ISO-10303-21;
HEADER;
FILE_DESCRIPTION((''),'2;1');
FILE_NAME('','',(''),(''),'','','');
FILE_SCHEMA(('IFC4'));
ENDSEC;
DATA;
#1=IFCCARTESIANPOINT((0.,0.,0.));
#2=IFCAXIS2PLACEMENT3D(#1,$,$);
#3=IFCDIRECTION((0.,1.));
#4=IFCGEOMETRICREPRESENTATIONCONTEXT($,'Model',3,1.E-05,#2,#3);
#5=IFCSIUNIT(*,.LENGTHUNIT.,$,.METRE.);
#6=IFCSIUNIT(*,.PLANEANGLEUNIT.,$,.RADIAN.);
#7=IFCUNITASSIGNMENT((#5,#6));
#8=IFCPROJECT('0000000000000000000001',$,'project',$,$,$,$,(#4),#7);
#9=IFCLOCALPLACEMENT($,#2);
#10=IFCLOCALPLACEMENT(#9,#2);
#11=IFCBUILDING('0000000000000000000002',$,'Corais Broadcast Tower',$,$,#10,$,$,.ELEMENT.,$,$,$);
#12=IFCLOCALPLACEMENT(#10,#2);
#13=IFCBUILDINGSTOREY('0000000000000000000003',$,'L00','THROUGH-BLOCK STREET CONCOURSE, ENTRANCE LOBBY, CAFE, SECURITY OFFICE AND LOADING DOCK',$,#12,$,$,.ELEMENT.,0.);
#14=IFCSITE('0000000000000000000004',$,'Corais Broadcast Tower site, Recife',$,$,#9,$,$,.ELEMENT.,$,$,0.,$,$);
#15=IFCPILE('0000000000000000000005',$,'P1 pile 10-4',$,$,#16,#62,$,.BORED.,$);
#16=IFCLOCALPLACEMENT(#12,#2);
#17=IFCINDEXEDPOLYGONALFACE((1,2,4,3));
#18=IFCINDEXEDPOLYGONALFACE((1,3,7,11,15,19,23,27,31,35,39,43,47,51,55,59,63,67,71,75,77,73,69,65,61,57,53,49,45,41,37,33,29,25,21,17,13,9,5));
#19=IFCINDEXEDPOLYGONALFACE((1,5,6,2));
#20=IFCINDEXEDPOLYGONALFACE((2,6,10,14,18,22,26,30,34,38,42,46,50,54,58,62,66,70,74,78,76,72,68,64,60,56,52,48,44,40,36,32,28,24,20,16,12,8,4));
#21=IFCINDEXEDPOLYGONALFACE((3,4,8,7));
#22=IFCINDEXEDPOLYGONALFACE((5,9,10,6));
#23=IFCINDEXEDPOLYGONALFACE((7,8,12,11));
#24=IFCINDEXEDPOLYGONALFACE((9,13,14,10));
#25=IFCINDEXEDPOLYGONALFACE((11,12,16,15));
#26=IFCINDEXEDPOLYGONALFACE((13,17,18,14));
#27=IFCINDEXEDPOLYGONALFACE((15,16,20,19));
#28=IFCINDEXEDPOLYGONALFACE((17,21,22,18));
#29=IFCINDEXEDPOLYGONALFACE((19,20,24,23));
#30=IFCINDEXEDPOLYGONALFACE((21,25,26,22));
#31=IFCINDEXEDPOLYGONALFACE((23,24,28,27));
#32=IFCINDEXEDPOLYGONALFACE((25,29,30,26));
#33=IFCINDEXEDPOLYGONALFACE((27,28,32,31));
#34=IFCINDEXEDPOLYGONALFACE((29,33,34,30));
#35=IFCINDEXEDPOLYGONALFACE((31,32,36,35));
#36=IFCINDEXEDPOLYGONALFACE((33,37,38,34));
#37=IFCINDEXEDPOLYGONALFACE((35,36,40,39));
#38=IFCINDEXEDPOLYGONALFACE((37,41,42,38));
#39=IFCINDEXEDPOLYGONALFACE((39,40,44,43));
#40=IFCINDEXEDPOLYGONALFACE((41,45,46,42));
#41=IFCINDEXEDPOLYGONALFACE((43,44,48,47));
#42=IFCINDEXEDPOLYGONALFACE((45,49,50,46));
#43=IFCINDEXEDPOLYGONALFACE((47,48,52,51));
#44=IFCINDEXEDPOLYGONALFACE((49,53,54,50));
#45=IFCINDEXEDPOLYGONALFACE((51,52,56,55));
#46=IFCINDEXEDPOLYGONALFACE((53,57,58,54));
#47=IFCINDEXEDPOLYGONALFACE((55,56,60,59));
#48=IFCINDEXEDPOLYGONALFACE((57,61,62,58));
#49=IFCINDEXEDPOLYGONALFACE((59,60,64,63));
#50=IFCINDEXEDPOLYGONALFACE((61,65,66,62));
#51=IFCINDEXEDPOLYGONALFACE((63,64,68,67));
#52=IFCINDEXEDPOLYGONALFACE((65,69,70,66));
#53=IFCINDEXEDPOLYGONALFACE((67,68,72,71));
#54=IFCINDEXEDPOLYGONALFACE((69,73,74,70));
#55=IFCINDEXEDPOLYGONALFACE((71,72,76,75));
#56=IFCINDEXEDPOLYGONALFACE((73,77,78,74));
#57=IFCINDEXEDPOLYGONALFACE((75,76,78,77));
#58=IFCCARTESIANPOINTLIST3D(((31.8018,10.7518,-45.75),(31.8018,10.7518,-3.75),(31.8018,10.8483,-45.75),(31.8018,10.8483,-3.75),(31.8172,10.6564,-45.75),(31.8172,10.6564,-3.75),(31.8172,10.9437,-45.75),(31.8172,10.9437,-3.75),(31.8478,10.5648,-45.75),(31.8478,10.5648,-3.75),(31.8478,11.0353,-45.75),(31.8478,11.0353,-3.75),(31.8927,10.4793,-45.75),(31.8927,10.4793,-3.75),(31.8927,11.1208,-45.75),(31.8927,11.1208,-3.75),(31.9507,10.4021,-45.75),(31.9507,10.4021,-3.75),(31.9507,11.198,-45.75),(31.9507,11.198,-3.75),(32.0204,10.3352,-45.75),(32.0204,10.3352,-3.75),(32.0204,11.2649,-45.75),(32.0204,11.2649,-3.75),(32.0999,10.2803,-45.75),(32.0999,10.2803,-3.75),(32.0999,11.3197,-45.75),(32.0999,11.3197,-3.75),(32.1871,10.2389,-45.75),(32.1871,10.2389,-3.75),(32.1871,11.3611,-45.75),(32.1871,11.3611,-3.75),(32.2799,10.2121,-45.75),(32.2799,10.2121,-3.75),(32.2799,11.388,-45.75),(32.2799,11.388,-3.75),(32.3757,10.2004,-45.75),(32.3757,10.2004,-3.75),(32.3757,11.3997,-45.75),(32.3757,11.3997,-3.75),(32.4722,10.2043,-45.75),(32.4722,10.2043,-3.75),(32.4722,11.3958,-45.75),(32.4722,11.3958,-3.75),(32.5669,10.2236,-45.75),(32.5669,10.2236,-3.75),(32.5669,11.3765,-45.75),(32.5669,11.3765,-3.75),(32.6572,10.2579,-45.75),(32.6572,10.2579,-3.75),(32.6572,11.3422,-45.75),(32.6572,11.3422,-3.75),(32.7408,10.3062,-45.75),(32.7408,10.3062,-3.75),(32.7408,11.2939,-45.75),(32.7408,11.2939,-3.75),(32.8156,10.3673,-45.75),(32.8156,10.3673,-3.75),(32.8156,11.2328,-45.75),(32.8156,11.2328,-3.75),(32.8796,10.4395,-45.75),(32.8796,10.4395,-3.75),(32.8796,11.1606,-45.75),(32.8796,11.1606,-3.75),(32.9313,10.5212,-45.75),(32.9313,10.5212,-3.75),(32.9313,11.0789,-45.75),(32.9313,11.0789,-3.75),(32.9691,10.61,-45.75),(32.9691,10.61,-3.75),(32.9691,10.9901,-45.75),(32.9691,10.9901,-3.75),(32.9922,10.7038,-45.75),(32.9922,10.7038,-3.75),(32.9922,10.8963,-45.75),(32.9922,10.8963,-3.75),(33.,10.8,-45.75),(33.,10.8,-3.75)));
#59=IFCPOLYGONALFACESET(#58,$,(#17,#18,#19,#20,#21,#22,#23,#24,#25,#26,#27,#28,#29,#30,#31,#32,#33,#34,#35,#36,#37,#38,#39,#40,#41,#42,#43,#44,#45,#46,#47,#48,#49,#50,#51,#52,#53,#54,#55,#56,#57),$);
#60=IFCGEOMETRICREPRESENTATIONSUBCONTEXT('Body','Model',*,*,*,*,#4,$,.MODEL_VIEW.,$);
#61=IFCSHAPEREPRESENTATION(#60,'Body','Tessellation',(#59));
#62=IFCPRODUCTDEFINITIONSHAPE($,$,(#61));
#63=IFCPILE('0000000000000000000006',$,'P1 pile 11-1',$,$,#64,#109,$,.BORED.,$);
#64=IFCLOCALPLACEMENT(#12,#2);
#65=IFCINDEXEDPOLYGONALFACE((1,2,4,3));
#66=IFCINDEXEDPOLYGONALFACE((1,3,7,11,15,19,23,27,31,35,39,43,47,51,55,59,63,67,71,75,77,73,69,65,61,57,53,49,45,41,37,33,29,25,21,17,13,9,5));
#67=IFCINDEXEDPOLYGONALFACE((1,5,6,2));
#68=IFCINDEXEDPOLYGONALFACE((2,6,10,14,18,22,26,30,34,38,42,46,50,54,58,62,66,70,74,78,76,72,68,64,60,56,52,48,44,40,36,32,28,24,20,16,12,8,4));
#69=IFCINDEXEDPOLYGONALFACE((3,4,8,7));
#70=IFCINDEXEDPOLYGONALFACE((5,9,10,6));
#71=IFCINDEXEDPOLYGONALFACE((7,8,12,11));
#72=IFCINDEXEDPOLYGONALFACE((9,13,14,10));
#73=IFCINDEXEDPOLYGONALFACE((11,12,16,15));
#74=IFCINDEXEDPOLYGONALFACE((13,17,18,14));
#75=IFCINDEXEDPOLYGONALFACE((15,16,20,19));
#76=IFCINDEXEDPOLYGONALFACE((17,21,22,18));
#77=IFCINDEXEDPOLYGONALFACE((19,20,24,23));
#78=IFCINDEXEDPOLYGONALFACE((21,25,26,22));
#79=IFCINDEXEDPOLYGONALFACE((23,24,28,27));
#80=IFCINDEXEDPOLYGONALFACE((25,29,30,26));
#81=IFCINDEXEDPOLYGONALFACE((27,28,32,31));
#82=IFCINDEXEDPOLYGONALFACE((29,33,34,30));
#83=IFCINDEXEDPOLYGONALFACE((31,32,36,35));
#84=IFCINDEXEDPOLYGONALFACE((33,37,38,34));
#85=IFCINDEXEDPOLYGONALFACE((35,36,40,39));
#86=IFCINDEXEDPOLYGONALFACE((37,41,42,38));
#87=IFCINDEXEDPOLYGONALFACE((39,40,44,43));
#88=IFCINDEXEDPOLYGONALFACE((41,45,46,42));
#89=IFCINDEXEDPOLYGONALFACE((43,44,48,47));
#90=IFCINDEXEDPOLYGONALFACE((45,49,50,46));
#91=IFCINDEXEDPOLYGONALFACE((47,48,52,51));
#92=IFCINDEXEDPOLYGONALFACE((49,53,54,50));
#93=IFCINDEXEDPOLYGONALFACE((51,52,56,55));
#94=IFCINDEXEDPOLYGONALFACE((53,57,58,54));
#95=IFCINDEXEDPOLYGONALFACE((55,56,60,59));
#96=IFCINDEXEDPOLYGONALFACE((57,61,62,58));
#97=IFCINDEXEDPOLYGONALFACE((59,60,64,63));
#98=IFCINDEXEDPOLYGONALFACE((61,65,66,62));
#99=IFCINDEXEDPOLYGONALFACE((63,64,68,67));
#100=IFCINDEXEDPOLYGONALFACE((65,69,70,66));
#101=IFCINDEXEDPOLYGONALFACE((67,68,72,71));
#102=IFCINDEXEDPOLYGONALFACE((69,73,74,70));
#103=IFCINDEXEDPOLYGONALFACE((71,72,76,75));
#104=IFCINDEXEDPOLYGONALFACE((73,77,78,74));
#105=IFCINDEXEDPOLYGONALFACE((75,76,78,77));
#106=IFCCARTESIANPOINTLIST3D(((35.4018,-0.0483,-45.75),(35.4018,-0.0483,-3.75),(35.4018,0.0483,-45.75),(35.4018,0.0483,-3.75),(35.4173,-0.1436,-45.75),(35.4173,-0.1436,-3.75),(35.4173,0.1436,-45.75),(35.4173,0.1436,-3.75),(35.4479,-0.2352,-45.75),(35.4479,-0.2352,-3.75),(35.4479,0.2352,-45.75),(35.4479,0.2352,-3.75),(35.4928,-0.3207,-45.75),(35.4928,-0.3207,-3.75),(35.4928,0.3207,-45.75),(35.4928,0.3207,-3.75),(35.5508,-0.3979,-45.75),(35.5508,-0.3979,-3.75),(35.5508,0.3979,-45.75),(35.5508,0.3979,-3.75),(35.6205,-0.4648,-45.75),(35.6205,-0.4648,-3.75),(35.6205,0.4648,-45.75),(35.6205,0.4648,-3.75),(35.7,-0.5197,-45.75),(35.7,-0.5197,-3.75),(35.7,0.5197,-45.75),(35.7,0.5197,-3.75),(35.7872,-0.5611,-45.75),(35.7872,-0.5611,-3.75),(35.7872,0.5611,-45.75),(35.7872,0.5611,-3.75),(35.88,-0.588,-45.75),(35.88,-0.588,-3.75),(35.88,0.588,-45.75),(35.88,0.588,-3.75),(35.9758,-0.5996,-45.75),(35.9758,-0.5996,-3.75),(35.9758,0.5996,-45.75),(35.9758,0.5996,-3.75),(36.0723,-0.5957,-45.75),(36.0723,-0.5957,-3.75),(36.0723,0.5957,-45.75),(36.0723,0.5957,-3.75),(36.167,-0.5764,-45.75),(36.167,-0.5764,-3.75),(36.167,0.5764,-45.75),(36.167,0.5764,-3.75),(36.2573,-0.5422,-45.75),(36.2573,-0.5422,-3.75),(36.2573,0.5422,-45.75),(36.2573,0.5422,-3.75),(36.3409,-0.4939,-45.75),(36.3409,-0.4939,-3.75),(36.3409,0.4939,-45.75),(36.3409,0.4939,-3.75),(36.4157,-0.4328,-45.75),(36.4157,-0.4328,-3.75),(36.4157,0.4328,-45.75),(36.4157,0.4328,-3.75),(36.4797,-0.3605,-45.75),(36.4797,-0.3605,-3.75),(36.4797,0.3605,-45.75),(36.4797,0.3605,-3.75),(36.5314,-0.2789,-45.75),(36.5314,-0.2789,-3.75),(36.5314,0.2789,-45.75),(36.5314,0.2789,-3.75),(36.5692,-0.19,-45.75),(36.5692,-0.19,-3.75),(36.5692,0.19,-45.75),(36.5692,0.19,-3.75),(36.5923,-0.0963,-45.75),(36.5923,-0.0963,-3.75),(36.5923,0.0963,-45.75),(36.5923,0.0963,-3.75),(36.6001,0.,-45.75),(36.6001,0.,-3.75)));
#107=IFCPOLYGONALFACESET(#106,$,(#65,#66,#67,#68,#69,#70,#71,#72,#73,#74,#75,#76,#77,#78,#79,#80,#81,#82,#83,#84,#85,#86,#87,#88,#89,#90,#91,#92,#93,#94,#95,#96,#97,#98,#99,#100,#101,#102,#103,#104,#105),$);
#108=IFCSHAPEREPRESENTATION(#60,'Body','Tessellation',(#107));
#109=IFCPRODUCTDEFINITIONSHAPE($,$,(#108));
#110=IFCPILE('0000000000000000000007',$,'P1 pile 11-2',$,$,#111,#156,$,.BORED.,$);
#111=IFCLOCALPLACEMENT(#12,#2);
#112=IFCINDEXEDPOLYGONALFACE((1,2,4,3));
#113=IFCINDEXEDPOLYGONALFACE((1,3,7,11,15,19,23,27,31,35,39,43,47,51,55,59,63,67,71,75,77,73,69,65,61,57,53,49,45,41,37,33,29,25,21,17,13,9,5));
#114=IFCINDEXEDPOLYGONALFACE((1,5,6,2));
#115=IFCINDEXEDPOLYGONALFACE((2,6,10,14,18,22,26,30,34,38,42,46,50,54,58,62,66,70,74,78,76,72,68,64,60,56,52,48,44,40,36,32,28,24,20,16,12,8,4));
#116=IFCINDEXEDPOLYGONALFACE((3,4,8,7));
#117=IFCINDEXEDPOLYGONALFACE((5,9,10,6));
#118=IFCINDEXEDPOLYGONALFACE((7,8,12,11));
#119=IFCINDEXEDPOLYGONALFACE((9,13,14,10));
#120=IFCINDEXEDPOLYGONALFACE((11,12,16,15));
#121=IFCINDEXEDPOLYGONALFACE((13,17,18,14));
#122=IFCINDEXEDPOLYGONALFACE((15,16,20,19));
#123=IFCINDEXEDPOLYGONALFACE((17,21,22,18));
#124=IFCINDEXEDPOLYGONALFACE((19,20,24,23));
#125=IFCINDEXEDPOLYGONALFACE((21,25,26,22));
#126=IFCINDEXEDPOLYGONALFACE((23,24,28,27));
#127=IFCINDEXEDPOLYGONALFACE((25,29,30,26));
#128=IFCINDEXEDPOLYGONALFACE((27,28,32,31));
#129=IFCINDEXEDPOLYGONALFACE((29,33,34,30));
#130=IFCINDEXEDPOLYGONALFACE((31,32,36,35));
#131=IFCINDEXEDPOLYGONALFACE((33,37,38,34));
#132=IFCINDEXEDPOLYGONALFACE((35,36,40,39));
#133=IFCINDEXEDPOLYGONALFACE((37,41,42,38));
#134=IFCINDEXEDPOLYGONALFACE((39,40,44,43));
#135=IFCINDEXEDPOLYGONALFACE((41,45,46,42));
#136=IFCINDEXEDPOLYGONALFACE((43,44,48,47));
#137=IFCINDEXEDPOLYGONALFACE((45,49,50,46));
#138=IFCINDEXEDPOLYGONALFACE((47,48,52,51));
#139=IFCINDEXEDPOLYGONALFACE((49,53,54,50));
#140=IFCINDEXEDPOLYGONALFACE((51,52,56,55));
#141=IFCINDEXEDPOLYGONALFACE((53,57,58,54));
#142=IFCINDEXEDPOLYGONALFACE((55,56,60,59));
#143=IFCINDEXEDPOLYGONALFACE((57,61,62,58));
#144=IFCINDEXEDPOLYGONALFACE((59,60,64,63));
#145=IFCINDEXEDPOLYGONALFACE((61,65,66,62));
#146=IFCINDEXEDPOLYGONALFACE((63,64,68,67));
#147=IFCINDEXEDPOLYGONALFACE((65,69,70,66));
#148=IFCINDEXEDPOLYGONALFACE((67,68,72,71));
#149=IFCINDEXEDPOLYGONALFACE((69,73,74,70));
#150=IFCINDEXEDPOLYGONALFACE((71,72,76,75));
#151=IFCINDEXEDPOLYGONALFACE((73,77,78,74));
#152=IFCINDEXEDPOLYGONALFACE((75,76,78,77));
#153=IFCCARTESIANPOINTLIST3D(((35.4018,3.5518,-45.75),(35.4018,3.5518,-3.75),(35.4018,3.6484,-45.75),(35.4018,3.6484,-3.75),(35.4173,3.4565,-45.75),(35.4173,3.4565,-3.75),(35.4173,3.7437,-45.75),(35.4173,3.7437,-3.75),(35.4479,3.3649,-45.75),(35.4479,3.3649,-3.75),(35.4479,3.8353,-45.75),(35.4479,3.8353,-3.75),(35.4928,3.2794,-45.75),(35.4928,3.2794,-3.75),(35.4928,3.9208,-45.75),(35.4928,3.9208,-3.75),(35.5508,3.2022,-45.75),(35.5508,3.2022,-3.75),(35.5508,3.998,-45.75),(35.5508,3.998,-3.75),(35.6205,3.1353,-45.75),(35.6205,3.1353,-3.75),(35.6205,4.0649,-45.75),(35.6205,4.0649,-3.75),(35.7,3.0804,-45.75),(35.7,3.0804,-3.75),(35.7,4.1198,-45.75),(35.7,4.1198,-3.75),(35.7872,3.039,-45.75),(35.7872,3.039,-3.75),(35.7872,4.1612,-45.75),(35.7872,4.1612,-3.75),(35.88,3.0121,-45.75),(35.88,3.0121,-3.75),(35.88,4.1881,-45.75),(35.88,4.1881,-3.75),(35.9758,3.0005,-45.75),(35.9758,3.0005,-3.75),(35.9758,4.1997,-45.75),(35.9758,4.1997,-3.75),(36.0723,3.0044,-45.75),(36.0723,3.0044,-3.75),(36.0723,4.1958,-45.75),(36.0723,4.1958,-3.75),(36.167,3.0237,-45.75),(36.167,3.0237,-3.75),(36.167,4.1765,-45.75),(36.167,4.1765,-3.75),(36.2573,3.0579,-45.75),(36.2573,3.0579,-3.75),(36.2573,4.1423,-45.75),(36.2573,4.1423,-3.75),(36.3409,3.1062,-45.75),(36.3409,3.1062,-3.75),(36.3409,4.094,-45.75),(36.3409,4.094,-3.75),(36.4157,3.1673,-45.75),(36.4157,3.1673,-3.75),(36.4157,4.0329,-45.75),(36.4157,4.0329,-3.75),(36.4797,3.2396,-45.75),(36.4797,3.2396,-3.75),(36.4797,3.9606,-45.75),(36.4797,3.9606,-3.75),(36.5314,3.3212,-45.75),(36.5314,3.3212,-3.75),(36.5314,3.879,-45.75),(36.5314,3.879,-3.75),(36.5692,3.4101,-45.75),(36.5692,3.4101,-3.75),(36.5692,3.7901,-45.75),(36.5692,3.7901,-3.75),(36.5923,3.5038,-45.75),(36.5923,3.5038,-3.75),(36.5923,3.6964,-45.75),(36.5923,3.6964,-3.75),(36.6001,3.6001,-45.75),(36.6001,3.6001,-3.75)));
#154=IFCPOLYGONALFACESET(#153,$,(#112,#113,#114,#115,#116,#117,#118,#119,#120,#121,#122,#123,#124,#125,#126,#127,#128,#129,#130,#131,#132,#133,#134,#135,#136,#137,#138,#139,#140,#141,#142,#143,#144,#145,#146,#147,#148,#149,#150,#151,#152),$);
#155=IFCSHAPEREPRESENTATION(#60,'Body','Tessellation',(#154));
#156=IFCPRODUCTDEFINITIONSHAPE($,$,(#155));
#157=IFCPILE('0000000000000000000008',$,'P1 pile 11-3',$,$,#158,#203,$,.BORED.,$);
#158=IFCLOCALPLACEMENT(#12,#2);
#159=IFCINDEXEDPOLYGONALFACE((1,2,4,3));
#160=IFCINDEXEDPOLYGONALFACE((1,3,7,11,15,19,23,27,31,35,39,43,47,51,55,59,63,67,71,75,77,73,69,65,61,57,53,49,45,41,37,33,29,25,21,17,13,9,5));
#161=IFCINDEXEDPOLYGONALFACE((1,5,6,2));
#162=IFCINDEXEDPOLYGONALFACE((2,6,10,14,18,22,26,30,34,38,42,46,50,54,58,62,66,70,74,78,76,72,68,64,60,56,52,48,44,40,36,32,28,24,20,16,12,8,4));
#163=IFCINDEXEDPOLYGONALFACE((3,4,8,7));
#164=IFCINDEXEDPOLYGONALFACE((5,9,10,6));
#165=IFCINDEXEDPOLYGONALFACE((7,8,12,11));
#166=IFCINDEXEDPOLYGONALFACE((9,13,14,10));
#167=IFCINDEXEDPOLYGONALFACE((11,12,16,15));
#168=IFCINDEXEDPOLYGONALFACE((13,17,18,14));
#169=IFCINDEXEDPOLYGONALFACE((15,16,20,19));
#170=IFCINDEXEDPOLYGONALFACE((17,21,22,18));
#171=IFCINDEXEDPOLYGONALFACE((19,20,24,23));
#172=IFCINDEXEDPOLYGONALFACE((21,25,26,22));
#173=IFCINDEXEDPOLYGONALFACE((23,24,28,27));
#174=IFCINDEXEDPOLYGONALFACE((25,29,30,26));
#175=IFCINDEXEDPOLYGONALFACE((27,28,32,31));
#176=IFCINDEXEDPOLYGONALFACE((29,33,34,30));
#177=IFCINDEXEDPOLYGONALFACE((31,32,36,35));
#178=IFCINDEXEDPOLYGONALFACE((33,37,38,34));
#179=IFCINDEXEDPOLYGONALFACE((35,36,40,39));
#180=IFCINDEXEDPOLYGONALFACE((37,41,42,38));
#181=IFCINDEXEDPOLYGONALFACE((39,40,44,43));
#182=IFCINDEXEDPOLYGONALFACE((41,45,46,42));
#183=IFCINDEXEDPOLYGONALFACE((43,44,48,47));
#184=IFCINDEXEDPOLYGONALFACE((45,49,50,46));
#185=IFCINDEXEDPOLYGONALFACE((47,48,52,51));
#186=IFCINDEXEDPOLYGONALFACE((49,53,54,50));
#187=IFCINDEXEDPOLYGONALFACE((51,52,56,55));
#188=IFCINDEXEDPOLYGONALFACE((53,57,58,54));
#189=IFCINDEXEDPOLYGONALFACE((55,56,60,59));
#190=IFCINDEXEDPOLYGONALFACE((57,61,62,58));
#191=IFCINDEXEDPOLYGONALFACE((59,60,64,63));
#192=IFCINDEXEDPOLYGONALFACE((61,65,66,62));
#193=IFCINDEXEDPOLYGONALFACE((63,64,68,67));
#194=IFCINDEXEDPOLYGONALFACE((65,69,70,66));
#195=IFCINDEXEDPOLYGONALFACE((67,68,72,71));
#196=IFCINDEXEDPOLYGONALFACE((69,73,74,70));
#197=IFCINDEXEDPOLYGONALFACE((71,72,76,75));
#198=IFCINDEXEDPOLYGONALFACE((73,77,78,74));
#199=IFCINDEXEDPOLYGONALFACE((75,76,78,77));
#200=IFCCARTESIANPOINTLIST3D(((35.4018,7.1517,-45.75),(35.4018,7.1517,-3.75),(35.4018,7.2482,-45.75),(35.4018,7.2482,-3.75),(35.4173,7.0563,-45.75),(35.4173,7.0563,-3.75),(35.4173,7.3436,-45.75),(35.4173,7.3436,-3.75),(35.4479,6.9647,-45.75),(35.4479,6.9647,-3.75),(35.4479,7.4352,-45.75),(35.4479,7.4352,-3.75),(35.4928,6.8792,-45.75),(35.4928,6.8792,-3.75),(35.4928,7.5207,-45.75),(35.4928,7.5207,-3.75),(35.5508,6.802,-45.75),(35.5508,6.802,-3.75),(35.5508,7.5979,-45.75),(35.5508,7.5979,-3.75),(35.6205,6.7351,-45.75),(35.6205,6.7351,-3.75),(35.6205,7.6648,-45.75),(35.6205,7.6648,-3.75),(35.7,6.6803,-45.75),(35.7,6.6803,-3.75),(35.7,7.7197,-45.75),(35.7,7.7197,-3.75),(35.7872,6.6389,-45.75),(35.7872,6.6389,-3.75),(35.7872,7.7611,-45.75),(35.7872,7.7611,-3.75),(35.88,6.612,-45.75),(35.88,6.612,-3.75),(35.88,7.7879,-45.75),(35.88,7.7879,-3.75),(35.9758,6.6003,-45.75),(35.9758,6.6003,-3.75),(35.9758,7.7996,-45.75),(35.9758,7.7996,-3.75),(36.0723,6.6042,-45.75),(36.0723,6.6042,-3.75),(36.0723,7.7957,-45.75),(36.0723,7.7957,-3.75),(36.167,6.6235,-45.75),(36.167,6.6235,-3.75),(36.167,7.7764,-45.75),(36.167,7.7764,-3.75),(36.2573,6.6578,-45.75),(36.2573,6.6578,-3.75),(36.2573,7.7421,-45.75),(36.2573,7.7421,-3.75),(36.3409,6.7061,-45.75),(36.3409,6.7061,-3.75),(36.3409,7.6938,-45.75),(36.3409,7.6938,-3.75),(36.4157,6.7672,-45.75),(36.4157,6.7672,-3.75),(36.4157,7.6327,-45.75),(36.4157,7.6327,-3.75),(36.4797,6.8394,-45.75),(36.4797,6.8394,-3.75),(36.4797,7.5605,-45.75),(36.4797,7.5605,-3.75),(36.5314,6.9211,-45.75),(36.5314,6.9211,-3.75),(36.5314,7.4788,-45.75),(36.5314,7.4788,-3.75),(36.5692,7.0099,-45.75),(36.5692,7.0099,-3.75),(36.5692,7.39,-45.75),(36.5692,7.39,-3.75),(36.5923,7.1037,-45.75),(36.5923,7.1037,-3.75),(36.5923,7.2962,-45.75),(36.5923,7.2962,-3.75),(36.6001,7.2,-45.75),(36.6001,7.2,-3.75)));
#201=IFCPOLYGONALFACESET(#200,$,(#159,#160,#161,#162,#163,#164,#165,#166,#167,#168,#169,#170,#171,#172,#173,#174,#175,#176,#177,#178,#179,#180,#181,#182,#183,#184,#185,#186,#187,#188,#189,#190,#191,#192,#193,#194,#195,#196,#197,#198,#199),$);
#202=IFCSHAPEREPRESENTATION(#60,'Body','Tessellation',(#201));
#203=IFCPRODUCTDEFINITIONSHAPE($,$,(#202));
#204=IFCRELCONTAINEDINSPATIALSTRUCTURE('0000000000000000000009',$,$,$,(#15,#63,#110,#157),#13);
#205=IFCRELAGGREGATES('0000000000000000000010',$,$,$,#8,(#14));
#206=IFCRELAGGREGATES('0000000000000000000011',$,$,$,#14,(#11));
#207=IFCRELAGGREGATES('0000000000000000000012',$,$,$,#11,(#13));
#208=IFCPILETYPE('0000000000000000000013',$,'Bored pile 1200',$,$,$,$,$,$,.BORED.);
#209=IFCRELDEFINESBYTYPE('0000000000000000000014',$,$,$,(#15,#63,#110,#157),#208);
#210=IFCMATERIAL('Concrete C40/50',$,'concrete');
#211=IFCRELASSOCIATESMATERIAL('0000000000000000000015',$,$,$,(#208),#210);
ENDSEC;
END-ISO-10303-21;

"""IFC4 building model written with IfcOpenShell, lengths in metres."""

from ifc_helpers import new_model, si_unit, direction, frame, origin, origin_2d, place, context, subcontext, project, spatial, circle, extrude, material, type_object, element, save


model = new_model("IFC4")

# Units and contexts
model_context = context("Model", 3, precision=1e-05, world=origin(), true_north=direction((0.0, 1.0)))
body_context = subcontext(model_context, "Body", "Model", "MODEL_VIEW")
ifc_project = project(units=[si_unit("LENGTHUNIT", "METRE"), si_unit("PLANEANGLEUNIT", "RADIAN")], contexts=[model_context])

# Site, building, storey
site_placement = place(None, origin())
site = spatial("IfcSite", under=ifc_project, at=site_placement, Name="Corais Broadcast Tower site, Recife", CompositionType="ELEMENT", RefElevation=0.0)
building_placement = place(site_placement, origin())
building = spatial("IfcBuilding", under=site, at=building_placement, Name="Corais Broadcast Tower", CompositionType="ELEMENT")
storey_placement = place(building_placement, origin())
storey = spatial("IfcBuildingStorey", under=building, at=storey_placement, Name="L00", Description="THROUGH-BLOCK STREET CONCOURSE, ENTRANCE LOBBY, CAFE, SECURITY OFFICE AND LOADING DOCK", CompositionType="ELEMENT", Elevation=0.0)

# Piles
ifc_material_1 = material(Name="Concrete C40/50", Category="concrete")
pile_type = type_object("IfcPileType", Name="Bored pile 1200", PredefinedType="BORED", material=ifc_material_1)
for number, where, z_axis, x_axis, name in (
    (1, (32.3999, 10.8, -3.75), (0.0, 0.0, -1.0), (1.0, 0.0, 0.0), "P1 pile 10-4"),
    (2, (36.0, 0.0, -3.75), (0.0, 0.0, -1.0), (1.0, 0.0, 0.0), "P1 pile 11-1"),
    (3, (36.0, 3.6001, -3.75), (0.0, 0.0, -1.0), (1.0, 0.0, 0.0), "P1 pile 11-2"),
    (4, (36.0, 7.2, -3.75), (0.0, 0.0, -1.0), (1.0, 0.0, 0.0), "P1 pile 11-3"),
):
    element("IfcPile", number, at=place(storey_placement, frame(where, z_axis=z_axis, x_axis=x_axis)), inside=storey, type_object=pile_type, Name=name, PredefinedType="BORED", context=body_context, shape_type="SweptSolid", body=[
        extrude(circle(Radius=0.6001, at=origin_2d()), origin(), (0.0, 0.0, 1.0), 42.0),
    ])

save(model, "model.ifc")
